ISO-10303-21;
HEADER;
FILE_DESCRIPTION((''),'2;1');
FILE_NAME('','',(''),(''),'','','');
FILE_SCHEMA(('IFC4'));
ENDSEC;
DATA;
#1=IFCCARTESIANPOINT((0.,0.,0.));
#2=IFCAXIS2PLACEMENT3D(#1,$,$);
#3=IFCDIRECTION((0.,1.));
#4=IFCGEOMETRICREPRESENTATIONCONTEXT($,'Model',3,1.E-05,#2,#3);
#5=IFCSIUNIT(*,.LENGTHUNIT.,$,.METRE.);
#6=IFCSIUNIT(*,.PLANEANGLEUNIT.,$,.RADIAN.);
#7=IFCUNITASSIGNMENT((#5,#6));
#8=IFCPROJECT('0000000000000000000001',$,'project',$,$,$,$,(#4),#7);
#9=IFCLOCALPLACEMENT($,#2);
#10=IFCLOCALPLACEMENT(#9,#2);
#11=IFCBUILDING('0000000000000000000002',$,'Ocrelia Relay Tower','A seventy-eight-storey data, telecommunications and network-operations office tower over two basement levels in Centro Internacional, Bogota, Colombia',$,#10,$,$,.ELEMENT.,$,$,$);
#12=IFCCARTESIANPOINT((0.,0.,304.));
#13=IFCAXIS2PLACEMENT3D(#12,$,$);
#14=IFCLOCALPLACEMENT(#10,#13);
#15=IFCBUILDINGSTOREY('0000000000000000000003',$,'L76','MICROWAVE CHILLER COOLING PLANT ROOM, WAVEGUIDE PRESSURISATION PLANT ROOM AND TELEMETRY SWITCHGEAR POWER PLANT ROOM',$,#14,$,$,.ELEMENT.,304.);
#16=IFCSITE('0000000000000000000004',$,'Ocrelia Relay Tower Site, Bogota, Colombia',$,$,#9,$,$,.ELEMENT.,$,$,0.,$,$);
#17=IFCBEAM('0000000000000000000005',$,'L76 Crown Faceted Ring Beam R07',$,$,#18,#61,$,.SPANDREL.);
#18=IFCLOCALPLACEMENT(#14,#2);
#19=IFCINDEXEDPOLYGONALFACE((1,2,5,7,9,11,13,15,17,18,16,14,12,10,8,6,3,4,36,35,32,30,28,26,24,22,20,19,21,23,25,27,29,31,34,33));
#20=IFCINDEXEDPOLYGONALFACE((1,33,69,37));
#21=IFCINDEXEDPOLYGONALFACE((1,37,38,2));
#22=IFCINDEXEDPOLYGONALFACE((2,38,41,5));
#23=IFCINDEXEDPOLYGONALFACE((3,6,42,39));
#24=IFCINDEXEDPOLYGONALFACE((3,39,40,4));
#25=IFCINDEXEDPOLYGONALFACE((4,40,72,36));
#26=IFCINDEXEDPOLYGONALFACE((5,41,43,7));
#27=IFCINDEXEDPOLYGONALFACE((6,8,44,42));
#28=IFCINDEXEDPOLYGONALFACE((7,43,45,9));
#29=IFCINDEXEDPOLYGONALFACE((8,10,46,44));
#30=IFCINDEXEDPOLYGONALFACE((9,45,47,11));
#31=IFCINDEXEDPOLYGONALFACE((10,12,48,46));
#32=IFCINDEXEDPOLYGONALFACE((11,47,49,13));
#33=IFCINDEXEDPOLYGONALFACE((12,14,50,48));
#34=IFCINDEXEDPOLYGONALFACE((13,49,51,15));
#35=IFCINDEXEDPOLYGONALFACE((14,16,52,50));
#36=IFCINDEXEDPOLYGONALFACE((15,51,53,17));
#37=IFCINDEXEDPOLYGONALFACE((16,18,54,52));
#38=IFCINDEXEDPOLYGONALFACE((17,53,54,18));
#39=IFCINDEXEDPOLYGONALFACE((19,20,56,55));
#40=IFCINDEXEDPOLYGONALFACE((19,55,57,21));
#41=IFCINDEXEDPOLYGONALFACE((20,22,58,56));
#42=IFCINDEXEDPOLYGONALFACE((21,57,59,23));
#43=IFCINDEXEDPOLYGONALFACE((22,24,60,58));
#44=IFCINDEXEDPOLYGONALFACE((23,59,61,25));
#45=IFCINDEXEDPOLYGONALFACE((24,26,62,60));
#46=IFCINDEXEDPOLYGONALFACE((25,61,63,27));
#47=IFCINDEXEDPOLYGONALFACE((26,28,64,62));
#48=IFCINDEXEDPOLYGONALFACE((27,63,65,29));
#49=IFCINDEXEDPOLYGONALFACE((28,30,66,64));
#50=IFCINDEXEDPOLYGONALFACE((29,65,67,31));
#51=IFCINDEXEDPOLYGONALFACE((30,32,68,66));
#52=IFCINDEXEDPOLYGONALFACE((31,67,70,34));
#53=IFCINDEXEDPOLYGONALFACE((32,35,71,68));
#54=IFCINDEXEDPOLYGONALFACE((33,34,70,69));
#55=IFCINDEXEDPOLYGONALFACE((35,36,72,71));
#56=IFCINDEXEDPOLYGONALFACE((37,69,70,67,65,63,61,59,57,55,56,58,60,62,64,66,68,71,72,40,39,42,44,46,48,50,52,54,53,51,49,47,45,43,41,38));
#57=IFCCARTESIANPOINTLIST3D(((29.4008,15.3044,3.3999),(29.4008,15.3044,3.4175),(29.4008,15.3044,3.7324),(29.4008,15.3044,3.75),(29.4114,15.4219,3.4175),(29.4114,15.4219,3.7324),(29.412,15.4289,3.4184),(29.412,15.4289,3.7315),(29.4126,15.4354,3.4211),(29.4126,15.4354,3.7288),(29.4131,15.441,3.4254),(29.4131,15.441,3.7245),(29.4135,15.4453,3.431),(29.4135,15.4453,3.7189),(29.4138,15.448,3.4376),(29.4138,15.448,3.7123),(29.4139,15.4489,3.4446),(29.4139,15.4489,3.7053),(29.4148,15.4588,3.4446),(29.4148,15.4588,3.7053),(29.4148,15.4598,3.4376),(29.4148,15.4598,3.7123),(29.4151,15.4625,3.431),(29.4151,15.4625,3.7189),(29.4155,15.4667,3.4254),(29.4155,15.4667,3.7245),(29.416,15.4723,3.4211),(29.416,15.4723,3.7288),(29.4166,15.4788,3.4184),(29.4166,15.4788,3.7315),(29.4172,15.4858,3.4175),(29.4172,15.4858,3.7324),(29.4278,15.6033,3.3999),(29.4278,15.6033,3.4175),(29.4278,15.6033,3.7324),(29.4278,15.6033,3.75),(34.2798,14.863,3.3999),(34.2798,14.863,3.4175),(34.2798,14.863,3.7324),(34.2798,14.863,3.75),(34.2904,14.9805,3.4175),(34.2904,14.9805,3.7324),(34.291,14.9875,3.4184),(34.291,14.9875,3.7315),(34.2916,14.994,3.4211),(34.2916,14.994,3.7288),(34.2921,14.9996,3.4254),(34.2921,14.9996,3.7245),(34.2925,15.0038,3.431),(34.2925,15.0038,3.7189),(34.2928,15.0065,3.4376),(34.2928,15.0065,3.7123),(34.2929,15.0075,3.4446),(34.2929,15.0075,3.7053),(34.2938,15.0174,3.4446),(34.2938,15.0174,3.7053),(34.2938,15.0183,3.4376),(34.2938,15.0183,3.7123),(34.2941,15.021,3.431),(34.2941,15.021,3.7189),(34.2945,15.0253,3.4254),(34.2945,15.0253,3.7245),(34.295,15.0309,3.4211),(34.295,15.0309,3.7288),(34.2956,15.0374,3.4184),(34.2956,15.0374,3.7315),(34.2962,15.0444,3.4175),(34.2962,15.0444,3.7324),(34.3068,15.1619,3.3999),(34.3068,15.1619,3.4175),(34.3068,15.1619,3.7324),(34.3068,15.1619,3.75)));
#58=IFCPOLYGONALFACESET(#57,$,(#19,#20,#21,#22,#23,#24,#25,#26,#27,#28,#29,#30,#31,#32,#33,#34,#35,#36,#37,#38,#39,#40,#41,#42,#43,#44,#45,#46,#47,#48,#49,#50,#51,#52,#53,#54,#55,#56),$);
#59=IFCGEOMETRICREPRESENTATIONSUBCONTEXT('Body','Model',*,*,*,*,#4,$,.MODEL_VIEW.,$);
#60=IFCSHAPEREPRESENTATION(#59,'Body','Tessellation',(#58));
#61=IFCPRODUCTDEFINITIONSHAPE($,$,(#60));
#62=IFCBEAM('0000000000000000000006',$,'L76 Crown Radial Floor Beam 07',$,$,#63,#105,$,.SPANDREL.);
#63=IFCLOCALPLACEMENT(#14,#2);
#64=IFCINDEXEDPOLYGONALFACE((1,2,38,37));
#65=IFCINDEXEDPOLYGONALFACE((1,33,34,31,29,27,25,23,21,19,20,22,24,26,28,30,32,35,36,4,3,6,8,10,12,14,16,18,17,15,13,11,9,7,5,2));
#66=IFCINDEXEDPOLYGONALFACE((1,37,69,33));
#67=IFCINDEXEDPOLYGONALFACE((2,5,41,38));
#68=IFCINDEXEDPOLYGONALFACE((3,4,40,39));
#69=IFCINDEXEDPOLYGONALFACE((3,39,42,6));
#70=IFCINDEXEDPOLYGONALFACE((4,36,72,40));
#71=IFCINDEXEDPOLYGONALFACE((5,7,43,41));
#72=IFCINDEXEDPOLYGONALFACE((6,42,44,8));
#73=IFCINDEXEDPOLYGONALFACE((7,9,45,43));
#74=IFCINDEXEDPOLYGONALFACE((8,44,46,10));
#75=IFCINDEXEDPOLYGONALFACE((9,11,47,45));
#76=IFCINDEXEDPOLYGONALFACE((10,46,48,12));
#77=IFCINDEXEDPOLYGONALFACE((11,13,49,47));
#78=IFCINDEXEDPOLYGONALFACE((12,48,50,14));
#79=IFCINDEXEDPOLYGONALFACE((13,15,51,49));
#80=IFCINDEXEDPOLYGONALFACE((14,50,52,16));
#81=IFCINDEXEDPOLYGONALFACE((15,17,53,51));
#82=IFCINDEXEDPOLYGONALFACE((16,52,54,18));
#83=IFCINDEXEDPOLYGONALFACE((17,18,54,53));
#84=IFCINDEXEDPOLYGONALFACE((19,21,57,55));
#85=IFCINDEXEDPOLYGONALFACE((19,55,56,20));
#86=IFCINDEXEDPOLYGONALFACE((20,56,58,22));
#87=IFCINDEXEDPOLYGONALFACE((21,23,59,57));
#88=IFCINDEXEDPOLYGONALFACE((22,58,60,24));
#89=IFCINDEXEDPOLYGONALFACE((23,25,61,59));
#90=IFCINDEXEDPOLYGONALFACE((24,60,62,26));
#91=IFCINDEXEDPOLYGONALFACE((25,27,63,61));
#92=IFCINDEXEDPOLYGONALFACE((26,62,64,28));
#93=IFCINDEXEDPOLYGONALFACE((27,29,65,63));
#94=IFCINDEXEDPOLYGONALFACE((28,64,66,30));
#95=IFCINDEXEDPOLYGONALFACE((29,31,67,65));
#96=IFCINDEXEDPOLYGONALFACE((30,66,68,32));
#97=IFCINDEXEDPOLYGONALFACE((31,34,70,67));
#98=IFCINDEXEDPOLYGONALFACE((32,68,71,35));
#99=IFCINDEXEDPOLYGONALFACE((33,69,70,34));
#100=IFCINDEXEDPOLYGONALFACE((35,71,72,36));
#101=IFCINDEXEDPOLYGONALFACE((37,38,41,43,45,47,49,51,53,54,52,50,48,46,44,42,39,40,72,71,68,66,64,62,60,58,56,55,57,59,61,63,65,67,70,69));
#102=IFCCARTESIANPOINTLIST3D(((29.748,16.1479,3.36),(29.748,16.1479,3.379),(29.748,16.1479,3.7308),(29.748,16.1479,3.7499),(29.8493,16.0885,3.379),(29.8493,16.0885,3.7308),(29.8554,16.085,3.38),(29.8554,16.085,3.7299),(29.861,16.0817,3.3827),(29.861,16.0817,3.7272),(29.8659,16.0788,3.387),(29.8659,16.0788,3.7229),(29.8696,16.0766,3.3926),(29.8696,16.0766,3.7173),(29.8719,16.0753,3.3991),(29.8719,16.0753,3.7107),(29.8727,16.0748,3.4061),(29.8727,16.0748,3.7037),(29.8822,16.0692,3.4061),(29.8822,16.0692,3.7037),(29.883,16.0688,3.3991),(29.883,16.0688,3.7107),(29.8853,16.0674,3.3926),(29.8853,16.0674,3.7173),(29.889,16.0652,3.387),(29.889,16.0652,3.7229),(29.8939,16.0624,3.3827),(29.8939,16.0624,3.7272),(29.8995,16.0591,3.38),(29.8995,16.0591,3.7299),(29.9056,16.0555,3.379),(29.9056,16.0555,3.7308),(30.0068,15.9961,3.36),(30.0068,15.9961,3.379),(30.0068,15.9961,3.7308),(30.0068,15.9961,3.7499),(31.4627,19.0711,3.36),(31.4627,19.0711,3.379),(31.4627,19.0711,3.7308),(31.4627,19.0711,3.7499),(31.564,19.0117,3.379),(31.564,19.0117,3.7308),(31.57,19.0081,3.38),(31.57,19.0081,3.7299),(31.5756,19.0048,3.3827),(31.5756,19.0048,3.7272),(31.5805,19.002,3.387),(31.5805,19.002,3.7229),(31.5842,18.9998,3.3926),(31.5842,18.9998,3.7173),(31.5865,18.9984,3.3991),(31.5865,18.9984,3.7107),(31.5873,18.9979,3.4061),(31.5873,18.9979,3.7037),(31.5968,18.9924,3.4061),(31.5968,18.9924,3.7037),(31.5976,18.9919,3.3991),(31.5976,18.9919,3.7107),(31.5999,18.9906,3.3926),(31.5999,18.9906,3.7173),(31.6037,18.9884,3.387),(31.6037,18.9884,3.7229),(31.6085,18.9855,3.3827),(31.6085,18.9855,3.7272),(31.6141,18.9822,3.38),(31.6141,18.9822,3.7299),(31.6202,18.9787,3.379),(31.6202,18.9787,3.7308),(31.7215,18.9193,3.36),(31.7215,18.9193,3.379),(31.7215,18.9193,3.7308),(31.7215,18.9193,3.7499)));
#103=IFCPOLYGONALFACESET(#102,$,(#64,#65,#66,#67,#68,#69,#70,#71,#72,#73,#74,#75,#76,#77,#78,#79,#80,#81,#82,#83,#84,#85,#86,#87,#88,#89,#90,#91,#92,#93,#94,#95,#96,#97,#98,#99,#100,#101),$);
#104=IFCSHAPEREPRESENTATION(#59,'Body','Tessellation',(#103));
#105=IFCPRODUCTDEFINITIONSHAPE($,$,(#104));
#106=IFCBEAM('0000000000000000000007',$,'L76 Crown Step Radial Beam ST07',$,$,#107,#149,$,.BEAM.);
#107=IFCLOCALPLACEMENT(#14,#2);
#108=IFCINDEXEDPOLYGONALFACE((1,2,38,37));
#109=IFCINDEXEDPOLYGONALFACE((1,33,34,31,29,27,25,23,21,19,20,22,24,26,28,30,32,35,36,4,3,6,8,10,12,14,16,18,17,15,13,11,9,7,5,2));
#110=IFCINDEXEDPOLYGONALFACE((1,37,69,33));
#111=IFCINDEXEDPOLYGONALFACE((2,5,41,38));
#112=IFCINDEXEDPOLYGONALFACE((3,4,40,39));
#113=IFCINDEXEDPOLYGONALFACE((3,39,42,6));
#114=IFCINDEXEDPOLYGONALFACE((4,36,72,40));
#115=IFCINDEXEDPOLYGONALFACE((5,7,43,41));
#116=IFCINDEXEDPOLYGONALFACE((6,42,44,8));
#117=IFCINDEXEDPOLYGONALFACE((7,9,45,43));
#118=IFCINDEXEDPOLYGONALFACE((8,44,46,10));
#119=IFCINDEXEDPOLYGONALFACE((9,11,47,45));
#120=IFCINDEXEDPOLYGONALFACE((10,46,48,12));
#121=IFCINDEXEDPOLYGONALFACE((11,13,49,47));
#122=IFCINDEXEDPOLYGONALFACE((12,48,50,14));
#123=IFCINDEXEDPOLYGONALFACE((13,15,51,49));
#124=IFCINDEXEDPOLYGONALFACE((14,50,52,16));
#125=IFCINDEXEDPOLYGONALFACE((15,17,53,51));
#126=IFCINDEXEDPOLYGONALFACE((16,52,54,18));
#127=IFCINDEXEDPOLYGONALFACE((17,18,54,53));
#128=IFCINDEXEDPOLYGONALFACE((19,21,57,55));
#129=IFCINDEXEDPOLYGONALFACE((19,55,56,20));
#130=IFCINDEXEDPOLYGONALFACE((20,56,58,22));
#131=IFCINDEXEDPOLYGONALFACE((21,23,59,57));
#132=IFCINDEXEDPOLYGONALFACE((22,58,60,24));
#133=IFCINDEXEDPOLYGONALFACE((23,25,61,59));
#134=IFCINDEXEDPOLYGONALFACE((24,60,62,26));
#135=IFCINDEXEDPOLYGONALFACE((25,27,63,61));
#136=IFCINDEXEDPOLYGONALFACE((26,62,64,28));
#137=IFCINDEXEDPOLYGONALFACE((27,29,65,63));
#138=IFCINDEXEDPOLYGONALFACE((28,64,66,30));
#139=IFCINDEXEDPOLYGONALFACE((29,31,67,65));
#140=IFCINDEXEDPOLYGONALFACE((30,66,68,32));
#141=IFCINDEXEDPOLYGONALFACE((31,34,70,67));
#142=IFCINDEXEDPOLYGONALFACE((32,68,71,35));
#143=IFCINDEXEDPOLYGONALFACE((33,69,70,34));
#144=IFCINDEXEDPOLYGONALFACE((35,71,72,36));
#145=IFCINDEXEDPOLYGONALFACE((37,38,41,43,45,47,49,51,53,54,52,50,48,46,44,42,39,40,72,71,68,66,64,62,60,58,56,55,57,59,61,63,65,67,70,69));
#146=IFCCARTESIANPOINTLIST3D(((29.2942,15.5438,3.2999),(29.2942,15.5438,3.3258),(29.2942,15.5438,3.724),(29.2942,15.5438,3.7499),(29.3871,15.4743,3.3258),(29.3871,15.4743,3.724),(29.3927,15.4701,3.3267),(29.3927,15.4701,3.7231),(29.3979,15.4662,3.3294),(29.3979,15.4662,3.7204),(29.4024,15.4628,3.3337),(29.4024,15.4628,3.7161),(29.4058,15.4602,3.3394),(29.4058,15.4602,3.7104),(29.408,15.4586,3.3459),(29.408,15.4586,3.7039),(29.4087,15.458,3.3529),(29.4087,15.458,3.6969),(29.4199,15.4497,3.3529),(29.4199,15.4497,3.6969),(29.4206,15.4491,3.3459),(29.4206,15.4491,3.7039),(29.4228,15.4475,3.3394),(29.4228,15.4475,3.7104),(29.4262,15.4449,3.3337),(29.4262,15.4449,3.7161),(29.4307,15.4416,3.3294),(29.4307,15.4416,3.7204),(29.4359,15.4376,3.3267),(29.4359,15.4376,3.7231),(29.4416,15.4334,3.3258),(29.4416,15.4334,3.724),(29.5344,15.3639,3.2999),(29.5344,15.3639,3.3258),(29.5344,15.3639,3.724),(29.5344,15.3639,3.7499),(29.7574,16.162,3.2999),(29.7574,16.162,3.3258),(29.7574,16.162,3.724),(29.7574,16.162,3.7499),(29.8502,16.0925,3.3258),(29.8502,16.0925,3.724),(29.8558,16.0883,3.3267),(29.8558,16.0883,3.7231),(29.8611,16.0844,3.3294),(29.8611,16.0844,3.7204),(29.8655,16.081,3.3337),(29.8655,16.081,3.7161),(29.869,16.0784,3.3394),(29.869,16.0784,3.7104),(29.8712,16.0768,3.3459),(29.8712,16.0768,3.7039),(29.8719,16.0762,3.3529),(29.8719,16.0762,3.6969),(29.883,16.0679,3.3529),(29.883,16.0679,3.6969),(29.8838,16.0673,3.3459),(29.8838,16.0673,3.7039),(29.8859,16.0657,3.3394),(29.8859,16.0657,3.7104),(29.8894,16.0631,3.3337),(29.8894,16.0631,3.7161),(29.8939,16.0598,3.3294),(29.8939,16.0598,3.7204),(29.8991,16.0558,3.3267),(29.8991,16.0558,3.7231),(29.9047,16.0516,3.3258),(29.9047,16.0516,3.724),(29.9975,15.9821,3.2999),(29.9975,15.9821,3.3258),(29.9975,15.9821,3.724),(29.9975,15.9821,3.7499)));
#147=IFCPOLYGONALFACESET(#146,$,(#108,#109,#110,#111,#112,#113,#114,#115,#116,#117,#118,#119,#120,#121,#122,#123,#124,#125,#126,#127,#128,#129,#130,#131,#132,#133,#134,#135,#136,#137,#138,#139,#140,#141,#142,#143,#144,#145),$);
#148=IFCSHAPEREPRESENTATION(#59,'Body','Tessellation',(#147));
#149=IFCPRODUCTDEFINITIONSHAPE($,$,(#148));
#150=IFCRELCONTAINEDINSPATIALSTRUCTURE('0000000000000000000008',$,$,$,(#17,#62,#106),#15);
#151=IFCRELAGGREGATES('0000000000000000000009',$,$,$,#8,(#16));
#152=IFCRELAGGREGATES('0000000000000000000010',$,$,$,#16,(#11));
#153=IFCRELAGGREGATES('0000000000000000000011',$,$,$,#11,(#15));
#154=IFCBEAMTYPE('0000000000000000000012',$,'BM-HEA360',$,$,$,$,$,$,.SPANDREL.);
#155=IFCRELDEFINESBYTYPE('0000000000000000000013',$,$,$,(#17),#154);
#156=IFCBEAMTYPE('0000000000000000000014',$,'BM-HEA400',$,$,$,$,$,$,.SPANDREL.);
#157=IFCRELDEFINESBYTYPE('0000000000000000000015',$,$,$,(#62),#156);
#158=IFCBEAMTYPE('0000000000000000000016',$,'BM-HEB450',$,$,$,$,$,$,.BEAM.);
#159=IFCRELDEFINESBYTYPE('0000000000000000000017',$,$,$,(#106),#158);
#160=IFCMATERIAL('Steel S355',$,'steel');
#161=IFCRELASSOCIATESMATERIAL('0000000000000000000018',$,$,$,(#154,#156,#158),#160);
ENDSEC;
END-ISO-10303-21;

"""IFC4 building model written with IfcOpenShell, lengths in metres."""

from ifc_helpers import new_model, si_unit, direction, frame, origin, origin_2d, place, context, subcontext, project, spatial, i_section, extrude, material, material_profile, profile_set, type_object, element, save


model = new_model("IFC4")

# Units and contexts
model_context = context("Model", 3, precision=1e-05, world=origin(), true_north=direction((0.0, 1.0)))
body_context = subcontext(model_context, "Body", "Model", "MODEL_VIEW")
ifc_project = project(units=[si_unit("LENGTHUNIT", "METRE"), si_unit("PLANEANGLEUNIT", "RADIAN")], contexts=[model_context])

# Site, building, storey
site_placement = place(None, origin())
site = spatial("IfcSite", under=ifc_project, at=site_placement, Name="Ocrelia Relay Tower Site, Bogota, Colombia", CompositionType="ELEMENT", RefElevation=0.0)
building_placement = place(site_placement, origin())
building = spatial("IfcBuilding", under=site, at=building_placement, Name="Ocrelia Relay Tower", Description="A seventy-eight-storey data, telecommunications and network-operations office tower over two basement levels in Centro Internacional, Bogota, Colombia", CompositionType="ELEMENT")
storey_placement = place(building_placement, frame((0.0, 0.0, 304.0)))
storey = spatial("IfcBuildingStorey", under=building, at=storey_placement, Name="L76", Description="MICROWAVE CHILLER COOLING PLANT ROOM, WAVEGUIDE PRESSURISATION PLANT ROOM AND TELEMETRY SWITCHGEAR POWER PLANT ROOM", CompositionType="ELEMENT", Elevation=304.0)

# Beams
ifc_material_1 = material(Name="Steel S355", Category="steel")
ifc_material_profile_1 = material_profile(ifc_material_1, i_section(OverallWidth=0.3, OverallDepth=0.3501, WebThickness=0.01, FlangeThickness=0.0176, FilletRadius=0.0271, at=origin_2d()), Name="HEA 360")
ifc_profile_set_1 = profile_set([ifc_material_profile_1], Name="Steel S355")
beam_type_1 = type_object("IfcBeamType", Name="BM-HEA360", PredefinedType="SPANDREL", material=ifc_profile_set_1)
beam_1_placement = place(storey_placement, frame((29.4143, 15.4539, 3.575), z_axis=(0.995932, -0.090104, 0.0), x_axis=(0.090104, 0.995932, 0.0)))
element("IfcBeam", 1, at=beam_1_placement, inside=storey, type_object=beam_type_1, Name="L76 Crown Faceted Ring Beam R07", PredefinedType="SPANDREL", context=body_context, shape_type="SweptSolid", body=[
    extrude(i_section(OverallWidth=0.3, OverallDepth=0.3501, WebThickness=0.01, FlangeThickness=0.0176, FilletRadius=0.0271, at=origin_2d()), origin(), (0.0, 0.0, 1.0), 4.8989),
])
ifc_material_profile_2 = material_profile(ifc_material_1, i_section(OverallWidth=0.3, OverallDepth=0.3899, WebThickness=0.011, FlangeThickness=0.019, FilletRadius=0.0271, at=origin_2d()), Name="HEA 400")
ifc_profile_set_2 = profile_set([ifc_material_profile_2], Name="Steel S355")
beam_type_2 = type_object("IfcBeamType", Name="BM-HEA400", PredefinedType="SPANDREL", material=ifc_profile_set_2)
beam_2_placement = place(storey_placement, frame((29.8774, 16.072, 3.5549), z_axis=(0.505952, 0.862561, 0.0), x_axis=(-0.862561, 0.505952, 0.0)))
element("IfcBeam", 2, at=beam_2_placement, inside=storey, type_object=beam_type_2, Name="L76 Crown Radial Floor Beam 07", PredefinedType="SPANDREL", context=body_context, shape_type="SweptSolid", body=[
    extrude(i_section(OverallWidth=0.3, OverallDepth=0.3899, WebThickness=0.011, FlangeThickness=0.019, FilletRadius=0.0271, at=origin_2d()), origin(), (0.0, 0.0, 1.0), 3.3889),
])
ifc_material_profile_3 = material_profile(ifc_material_1, i_section(OverallWidth=0.3, OverallDepth=0.45, WebThickness=0.0139, FlangeThickness=0.0259, FilletRadius=0.0271, at=origin_2d()), Name="HEB 450")
ifc_profile_set_3 = profile_set([ifc_material_profile_3], Name="Steel S355")
beam_type_3 = type_object("IfcBeamType", Name="BM-HEB450", PredefinedType="BEAM", material=ifc_profile_set_3)
beam_3_placement = place(storey_placement, frame((29.4143, 15.4539, 3.5249), z_axis=(0.599595, 0.800303, 0.0), x_axis=(-0.800303, 0.599595, 0.0)))
element("IfcBeam", 3, at=beam_3_placement, inside=storey, type_object=beam_type_3, Name="L76 Crown Step Radial Beam ST07", PredefinedType="BEAM", context=body_context, shape_type="SweptSolid", body=[
    extrude(i_section(OverallWidth=0.3, OverallDepth=0.45, WebThickness=0.0139, FlangeThickness=0.0259, FilletRadius=0.0271, at=origin_2d()), origin(), (0.0, 0.0, 1.0), 0.7725),
])

save(model, "model.ifc")
